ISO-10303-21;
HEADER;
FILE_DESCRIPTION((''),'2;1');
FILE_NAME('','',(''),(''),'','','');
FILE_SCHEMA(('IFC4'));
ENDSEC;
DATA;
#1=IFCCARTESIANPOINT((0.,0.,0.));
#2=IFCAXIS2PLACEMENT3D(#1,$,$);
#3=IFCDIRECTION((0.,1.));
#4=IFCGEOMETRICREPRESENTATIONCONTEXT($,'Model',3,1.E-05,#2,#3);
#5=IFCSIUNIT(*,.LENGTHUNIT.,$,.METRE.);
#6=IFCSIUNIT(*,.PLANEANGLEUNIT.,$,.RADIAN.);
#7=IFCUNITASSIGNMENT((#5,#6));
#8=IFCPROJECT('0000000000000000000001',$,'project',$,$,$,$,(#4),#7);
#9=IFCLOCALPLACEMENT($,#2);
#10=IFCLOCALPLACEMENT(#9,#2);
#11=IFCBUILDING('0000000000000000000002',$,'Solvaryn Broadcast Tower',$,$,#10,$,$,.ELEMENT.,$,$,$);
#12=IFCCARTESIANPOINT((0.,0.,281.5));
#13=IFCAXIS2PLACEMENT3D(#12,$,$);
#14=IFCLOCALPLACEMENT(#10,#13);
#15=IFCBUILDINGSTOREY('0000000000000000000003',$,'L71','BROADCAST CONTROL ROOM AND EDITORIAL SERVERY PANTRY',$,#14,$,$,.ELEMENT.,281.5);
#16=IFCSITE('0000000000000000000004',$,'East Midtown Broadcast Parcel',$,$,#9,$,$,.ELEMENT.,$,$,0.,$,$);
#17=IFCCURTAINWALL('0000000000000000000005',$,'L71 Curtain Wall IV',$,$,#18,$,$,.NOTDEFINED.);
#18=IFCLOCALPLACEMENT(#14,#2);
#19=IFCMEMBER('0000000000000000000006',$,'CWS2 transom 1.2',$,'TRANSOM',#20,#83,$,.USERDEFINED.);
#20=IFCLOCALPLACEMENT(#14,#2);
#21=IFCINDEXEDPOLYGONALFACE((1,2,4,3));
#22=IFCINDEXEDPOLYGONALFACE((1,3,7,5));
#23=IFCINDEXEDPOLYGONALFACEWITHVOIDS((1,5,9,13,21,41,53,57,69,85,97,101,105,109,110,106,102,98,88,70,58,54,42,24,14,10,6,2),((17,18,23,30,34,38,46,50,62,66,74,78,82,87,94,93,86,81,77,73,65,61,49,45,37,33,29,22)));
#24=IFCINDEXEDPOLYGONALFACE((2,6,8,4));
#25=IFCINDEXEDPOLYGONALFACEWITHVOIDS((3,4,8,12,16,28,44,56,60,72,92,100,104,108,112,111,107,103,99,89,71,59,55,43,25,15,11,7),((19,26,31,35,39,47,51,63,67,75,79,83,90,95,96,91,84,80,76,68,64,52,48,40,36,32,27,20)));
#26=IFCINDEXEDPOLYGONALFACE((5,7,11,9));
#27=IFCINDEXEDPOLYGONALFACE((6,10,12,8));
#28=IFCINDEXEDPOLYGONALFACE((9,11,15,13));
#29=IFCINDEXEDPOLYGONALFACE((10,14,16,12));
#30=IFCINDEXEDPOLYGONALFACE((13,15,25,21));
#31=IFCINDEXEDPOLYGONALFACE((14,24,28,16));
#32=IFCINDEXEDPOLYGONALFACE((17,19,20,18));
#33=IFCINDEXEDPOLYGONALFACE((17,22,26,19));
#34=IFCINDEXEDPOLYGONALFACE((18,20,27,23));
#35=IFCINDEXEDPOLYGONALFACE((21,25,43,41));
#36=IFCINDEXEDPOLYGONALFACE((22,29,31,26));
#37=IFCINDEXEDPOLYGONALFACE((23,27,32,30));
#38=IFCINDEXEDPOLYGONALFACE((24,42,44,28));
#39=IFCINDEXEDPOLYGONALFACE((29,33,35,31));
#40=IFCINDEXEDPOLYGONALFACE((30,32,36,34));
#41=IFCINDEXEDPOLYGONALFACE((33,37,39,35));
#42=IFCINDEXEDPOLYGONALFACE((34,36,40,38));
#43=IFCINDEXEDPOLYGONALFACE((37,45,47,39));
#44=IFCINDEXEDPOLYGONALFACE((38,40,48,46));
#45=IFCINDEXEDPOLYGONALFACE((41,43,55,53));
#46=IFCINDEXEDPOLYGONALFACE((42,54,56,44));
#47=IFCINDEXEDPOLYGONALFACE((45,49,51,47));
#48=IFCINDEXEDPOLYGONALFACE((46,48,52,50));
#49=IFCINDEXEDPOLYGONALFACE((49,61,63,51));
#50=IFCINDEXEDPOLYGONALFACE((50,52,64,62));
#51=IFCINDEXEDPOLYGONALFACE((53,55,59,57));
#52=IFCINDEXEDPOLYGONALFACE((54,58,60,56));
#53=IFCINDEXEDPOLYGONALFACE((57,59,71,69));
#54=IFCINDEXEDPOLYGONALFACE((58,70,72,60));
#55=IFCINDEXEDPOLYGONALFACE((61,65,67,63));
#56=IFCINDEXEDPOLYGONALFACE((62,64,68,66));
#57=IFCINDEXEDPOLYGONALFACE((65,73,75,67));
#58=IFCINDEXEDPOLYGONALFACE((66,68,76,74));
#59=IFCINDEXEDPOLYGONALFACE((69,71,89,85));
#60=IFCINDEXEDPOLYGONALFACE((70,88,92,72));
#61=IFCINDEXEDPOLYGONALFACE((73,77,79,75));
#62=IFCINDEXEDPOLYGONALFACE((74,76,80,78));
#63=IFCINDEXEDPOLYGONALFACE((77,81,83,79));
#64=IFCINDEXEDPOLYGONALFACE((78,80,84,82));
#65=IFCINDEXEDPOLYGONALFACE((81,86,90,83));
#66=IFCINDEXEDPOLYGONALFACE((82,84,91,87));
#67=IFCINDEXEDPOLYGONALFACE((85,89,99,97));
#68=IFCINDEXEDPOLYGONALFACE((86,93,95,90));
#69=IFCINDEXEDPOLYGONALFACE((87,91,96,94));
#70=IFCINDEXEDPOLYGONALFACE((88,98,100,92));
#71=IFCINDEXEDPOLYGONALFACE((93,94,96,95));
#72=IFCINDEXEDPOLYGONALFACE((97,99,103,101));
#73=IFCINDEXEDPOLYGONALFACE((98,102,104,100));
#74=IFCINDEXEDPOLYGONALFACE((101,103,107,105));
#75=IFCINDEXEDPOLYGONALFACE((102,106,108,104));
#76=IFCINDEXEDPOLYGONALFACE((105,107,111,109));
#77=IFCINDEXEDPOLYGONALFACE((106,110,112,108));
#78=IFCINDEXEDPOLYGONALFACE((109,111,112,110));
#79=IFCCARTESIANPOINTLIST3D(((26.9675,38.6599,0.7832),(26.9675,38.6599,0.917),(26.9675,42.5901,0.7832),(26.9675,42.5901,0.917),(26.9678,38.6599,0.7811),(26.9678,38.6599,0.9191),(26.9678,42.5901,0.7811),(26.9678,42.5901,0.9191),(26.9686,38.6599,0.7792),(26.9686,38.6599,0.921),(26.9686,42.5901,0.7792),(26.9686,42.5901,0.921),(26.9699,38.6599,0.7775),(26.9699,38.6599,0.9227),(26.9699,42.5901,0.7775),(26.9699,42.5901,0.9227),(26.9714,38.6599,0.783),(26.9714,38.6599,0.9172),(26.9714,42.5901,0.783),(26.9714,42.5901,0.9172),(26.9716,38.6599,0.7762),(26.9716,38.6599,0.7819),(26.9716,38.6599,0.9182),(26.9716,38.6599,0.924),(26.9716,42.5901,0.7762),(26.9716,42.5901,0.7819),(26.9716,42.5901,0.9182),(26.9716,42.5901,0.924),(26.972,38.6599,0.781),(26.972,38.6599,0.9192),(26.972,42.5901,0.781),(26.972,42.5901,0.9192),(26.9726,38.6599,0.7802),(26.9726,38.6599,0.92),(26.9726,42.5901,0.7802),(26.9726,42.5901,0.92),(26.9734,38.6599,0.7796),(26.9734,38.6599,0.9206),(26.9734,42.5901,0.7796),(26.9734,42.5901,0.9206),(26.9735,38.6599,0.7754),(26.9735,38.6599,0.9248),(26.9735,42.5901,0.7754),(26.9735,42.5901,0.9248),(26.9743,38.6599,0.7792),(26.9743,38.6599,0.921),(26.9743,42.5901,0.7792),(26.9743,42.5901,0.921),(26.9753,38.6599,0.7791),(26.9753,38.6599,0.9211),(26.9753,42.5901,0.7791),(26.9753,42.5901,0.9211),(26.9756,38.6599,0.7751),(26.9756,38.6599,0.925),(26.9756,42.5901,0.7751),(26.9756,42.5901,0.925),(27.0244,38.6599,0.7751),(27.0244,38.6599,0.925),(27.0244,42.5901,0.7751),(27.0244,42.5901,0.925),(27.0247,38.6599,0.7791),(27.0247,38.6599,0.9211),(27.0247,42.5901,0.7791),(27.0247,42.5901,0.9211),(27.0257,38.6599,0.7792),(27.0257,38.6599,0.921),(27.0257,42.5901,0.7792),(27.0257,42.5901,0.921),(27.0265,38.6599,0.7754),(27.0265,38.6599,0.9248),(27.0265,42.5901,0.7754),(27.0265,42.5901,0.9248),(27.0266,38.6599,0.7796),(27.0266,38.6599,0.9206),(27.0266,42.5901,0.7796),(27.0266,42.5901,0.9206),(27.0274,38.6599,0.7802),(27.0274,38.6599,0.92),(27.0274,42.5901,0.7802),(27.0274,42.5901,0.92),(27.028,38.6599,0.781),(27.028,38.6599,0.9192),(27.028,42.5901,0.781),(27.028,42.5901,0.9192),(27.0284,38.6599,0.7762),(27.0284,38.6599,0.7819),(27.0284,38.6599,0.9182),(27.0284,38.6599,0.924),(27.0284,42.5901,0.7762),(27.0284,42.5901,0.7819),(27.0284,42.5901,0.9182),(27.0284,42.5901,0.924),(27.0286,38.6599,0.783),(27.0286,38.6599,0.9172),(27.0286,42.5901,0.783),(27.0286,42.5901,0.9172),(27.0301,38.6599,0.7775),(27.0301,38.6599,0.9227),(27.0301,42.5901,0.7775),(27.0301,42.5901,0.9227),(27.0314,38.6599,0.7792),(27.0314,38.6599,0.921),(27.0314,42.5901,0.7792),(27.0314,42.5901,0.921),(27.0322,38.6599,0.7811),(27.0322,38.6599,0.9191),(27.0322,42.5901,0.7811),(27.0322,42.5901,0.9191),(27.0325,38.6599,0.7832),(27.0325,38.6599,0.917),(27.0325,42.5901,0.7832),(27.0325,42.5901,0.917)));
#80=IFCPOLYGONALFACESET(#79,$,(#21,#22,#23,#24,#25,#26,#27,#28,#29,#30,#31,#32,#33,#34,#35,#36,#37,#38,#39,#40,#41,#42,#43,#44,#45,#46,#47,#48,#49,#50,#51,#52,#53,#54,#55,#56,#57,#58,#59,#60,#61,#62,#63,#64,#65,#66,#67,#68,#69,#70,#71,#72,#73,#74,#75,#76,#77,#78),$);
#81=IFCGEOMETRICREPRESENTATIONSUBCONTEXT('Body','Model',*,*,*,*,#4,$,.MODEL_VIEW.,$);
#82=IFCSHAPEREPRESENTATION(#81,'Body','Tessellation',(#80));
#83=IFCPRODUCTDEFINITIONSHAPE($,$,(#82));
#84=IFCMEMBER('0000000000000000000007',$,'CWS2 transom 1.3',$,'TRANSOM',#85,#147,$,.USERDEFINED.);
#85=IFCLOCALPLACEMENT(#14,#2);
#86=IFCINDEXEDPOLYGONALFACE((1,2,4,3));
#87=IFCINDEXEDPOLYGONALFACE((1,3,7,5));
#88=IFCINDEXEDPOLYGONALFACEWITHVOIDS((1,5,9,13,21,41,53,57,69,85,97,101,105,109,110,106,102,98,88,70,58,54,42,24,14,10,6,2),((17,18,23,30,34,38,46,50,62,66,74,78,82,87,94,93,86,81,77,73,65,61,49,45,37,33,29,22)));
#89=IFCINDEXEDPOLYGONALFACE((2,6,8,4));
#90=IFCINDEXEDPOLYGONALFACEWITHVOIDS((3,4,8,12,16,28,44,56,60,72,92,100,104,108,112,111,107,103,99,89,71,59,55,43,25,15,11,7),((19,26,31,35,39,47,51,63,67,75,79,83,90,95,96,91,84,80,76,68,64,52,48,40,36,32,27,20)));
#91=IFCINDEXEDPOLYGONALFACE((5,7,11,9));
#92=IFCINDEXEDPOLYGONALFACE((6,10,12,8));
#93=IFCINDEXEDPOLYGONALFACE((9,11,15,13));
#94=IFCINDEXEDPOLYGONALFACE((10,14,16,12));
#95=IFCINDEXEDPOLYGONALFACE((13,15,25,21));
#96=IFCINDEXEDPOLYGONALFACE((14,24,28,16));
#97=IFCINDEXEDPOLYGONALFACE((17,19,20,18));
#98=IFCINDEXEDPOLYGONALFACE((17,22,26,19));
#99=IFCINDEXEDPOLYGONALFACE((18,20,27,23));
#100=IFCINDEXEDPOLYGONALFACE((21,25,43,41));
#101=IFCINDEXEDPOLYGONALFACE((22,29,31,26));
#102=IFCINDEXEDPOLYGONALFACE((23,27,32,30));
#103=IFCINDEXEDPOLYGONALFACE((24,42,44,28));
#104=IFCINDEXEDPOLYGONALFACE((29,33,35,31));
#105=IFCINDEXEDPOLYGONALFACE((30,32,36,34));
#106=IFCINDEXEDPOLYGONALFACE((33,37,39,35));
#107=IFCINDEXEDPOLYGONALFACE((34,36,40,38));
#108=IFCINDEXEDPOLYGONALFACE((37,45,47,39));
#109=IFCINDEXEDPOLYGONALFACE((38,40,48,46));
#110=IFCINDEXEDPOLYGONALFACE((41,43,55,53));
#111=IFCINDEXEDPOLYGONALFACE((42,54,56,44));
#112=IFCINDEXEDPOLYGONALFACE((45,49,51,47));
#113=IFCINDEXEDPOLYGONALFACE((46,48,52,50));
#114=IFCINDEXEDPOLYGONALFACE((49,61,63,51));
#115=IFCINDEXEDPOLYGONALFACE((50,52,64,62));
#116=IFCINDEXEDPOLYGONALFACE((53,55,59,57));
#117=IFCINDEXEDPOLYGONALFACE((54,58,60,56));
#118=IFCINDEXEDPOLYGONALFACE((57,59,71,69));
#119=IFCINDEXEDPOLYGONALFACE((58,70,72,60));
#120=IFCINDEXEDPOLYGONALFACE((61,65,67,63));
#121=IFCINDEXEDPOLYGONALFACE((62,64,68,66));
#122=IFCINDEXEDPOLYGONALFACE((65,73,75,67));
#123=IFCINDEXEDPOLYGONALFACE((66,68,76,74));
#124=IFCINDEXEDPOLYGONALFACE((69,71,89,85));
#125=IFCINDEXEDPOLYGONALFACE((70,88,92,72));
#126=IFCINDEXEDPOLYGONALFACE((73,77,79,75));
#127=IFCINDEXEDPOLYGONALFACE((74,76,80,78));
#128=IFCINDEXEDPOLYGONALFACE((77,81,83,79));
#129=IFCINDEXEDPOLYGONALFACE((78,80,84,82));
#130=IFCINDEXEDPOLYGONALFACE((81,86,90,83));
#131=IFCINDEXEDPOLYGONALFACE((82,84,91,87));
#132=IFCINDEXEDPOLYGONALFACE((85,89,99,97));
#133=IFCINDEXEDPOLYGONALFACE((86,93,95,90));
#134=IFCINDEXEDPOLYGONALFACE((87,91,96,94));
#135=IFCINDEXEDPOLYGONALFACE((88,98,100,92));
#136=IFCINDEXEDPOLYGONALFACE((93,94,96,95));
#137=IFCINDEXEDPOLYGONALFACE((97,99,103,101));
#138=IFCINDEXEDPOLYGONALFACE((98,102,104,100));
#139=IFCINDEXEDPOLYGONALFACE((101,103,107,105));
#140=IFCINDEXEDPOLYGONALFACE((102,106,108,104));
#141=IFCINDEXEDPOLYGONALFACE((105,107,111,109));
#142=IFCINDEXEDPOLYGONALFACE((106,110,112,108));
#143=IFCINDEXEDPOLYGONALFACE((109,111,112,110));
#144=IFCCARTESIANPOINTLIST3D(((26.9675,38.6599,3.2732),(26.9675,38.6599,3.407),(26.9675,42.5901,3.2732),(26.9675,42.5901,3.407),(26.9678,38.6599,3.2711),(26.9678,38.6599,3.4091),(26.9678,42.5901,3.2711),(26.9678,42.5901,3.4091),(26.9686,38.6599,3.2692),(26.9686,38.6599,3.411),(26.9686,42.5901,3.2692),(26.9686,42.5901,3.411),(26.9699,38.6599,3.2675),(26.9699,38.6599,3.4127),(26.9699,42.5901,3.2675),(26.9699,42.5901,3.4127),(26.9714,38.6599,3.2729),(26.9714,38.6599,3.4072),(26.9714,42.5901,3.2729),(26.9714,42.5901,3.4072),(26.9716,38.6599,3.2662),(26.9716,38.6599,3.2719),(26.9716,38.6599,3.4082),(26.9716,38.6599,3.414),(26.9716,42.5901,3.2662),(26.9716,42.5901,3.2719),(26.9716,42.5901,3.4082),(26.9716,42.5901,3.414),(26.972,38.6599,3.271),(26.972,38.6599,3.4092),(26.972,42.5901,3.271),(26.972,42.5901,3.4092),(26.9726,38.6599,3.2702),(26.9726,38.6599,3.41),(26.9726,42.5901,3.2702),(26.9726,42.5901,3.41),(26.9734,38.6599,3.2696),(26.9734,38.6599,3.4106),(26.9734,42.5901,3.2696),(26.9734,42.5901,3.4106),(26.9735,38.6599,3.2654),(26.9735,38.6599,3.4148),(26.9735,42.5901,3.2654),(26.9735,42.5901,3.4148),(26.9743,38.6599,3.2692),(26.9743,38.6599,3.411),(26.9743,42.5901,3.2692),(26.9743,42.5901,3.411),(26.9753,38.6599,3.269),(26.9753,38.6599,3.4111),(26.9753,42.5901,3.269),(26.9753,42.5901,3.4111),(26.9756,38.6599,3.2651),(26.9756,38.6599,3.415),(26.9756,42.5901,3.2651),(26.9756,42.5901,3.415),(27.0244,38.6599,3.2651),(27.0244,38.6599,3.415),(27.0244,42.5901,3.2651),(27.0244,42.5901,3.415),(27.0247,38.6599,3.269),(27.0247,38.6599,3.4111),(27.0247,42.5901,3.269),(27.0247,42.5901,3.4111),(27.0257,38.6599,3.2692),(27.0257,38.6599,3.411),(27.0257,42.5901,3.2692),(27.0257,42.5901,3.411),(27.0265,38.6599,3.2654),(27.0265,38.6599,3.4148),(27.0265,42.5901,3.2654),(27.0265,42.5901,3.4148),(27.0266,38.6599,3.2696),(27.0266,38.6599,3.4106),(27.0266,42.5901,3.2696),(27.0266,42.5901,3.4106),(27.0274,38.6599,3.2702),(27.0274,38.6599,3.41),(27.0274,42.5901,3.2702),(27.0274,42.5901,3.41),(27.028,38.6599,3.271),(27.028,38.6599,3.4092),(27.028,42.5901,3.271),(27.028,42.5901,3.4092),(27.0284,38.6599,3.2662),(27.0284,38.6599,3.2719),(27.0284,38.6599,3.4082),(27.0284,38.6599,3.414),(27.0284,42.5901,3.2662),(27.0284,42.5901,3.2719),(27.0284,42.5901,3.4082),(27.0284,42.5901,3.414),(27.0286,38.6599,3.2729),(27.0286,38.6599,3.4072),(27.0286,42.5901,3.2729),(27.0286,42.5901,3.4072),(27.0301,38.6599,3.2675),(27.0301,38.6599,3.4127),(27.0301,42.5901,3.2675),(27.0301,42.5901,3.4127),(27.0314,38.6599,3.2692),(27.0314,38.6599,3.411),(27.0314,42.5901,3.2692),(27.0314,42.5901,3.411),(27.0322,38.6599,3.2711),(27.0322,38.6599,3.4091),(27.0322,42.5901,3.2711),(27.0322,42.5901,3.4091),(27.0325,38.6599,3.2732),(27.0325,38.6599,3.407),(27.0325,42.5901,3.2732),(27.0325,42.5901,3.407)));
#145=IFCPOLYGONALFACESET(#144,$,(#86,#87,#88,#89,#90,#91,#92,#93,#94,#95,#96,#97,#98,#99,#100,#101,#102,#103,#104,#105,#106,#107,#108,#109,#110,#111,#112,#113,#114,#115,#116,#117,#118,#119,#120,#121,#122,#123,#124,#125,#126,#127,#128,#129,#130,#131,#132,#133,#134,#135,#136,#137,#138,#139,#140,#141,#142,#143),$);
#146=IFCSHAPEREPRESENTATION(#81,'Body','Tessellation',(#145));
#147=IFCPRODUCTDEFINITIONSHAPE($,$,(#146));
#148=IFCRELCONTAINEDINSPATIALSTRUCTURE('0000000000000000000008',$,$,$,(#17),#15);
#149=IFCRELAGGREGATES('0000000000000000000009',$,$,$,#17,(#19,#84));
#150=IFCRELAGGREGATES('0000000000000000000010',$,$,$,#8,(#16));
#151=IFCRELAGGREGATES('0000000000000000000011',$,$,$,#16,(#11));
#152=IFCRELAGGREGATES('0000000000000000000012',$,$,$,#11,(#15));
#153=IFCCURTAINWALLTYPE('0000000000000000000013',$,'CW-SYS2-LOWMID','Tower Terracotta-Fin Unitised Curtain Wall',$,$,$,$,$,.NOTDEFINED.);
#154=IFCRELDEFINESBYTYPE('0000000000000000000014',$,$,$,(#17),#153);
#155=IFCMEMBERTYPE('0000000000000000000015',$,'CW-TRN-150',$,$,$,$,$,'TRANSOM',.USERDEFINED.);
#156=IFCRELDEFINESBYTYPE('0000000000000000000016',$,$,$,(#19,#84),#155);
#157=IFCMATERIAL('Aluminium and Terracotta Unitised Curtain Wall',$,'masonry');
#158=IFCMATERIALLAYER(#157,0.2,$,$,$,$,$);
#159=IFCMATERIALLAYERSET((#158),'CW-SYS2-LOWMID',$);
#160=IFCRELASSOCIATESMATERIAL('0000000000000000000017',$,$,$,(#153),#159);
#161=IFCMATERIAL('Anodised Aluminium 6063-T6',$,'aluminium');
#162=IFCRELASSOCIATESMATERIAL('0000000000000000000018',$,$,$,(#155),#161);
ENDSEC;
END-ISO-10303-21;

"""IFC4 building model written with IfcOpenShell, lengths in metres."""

from ifc_helpers import new_model, si_unit, direction, frame, origin, origin_2d, place, context, subcontext, project, spatial, hollow_rectangle, extrude, material, layer, layer_set, material_profile, profile_set, type_object, element, aggregate, save


model = new_model("IFC4")

# Units and contexts
model_context = context("Model", 3, precision=1e-05, world=origin(), true_north=direction((0.0, 1.0)))
body_context = subcontext(model_context, "Body", "Model", "MODEL_VIEW")
ifc_project = project(units=[si_unit("LENGTHUNIT", "METRE"), si_unit("PLANEANGLEUNIT", "RADIAN")], contexts=[model_context])

# Site, building, storey
site_placement = place(None, origin())
site = spatial("IfcSite", under=ifc_project, at=site_placement, Name="East Midtown Broadcast Parcel", CompositionType="ELEMENT", RefElevation=0.0)
building_placement = place(site_placement, origin())
building = spatial("IfcBuilding", under=site, at=building_placement, Name="Solvaryn Broadcast Tower", CompositionType="ELEMENT")
storey_placement = place(building_placement, frame((0.0, 0.0, 281.5)))
storey = spatial("IfcBuildingStorey", under=building, at=storey_placement, Name="L71", Description="BROADCAST CONTROL ROOM AND EDITORIAL SERVERY PANTRY", CompositionType="ELEMENT", Elevation=281.5)

# Curtain wall
ifc_material_1 = material(Name="Aluminium and Terracotta Unitised Curtain Wall", Category="masonry")
ifc_layer_1 = layer(ifc_material_1, 0.2)
ifc_layer_set_1 = layer_set([ifc_layer_1], Name="CW-SYS2-LOWMID")
curtain_wall_type = type_object("IfcCurtainWallType", Name="CW-SYS2-LOWMID", Description="Tower Terracotta-Fin Unitised Curtain Wall", PredefinedType="NOTDEFINED", material=ifc_layer_set_1)
curtain_wall_1_placement = place(storey_placement, origin())
curtain_wall_1 = element("IfcCurtainWall", 1, at=curtain_wall_1_placement, inside=storey, type_object=curtain_wall_type, Name="L71 Curtain Wall IV", PredefinedType="NOTDEFINED")

# Members
ifc_material_2 = material(Name="Anodised Aluminium 6063-T6", Category="aluminium")
ifc_material_profile_1 = material_profile(ifc_material_2, hollow_rectangle(XDim=0.0649, YDim=0.1499, WallThickness=0.0039, InnerFilletRadius=0.0039, OuterFilletRadius=0.0081, at=origin_2d()))
ifc_profile_set_1 = profile_set([ifc_material_profile_1], Name="Anodised Aluminium 6063-T6")
member_type_1 = type_object("IfcMemberType", Name="CW-TRN-150", ElementType="TRANSOM", PredefinedType="USERDEFINED", material=ifc_profile_set_1)
member_1_placement = place(storey_placement, frame((27.0, 42.5901, 0.8501), z_axis=(0.0, -1.0, 0.0), x_axis=(1.0, 0.0, 0.0)))
member_1 = element("IfcMember", 2, at=member_1_placement, type_object=member_type_1, Name="CWS2 transom 1.2", ObjectType="TRANSOM", PredefinedType="USERDEFINED", context=body_context, shape_type="SweptSolid", body=[
    extrude(hollow_rectangle(XDim=0.0649, YDim=0.1499, WallThickness=0.0039, InnerFilletRadius=0.0039, OuterFilletRadius=0.0081, at=origin_2d()), origin(), (0.0, 0.0, 1.0), 3.9302),
])
member_2_placement = place(storey_placement, frame((27.0, 42.5901, 3.3401), z_axis=(0.0, -1.0, 0.0), x_axis=(1.0, 0.0, 0.0)))
member_2 = element("IfcMember", 3, at=member_2_placement, type_object=member_type_1, Name="CWS2 transom 1.3", ObjectType="TRANSOM", PredefinedType="USERDEFINED", context=body_context, shape_type="SweptSolid", body=[
    extrude(hollow_rectangle(XDim=0.0649, YDim=0.1499, WallThickness=0.0039, InnerFilletRadius=0.0039, OuterFilletRadius=0.0081, at=origin_2d()), origin(), (0.0, 0.0, 1.0), 3.9302),
])

aggregate(curtain_wall_1, [member_1, member_2])

save(model, "model.ifc")
